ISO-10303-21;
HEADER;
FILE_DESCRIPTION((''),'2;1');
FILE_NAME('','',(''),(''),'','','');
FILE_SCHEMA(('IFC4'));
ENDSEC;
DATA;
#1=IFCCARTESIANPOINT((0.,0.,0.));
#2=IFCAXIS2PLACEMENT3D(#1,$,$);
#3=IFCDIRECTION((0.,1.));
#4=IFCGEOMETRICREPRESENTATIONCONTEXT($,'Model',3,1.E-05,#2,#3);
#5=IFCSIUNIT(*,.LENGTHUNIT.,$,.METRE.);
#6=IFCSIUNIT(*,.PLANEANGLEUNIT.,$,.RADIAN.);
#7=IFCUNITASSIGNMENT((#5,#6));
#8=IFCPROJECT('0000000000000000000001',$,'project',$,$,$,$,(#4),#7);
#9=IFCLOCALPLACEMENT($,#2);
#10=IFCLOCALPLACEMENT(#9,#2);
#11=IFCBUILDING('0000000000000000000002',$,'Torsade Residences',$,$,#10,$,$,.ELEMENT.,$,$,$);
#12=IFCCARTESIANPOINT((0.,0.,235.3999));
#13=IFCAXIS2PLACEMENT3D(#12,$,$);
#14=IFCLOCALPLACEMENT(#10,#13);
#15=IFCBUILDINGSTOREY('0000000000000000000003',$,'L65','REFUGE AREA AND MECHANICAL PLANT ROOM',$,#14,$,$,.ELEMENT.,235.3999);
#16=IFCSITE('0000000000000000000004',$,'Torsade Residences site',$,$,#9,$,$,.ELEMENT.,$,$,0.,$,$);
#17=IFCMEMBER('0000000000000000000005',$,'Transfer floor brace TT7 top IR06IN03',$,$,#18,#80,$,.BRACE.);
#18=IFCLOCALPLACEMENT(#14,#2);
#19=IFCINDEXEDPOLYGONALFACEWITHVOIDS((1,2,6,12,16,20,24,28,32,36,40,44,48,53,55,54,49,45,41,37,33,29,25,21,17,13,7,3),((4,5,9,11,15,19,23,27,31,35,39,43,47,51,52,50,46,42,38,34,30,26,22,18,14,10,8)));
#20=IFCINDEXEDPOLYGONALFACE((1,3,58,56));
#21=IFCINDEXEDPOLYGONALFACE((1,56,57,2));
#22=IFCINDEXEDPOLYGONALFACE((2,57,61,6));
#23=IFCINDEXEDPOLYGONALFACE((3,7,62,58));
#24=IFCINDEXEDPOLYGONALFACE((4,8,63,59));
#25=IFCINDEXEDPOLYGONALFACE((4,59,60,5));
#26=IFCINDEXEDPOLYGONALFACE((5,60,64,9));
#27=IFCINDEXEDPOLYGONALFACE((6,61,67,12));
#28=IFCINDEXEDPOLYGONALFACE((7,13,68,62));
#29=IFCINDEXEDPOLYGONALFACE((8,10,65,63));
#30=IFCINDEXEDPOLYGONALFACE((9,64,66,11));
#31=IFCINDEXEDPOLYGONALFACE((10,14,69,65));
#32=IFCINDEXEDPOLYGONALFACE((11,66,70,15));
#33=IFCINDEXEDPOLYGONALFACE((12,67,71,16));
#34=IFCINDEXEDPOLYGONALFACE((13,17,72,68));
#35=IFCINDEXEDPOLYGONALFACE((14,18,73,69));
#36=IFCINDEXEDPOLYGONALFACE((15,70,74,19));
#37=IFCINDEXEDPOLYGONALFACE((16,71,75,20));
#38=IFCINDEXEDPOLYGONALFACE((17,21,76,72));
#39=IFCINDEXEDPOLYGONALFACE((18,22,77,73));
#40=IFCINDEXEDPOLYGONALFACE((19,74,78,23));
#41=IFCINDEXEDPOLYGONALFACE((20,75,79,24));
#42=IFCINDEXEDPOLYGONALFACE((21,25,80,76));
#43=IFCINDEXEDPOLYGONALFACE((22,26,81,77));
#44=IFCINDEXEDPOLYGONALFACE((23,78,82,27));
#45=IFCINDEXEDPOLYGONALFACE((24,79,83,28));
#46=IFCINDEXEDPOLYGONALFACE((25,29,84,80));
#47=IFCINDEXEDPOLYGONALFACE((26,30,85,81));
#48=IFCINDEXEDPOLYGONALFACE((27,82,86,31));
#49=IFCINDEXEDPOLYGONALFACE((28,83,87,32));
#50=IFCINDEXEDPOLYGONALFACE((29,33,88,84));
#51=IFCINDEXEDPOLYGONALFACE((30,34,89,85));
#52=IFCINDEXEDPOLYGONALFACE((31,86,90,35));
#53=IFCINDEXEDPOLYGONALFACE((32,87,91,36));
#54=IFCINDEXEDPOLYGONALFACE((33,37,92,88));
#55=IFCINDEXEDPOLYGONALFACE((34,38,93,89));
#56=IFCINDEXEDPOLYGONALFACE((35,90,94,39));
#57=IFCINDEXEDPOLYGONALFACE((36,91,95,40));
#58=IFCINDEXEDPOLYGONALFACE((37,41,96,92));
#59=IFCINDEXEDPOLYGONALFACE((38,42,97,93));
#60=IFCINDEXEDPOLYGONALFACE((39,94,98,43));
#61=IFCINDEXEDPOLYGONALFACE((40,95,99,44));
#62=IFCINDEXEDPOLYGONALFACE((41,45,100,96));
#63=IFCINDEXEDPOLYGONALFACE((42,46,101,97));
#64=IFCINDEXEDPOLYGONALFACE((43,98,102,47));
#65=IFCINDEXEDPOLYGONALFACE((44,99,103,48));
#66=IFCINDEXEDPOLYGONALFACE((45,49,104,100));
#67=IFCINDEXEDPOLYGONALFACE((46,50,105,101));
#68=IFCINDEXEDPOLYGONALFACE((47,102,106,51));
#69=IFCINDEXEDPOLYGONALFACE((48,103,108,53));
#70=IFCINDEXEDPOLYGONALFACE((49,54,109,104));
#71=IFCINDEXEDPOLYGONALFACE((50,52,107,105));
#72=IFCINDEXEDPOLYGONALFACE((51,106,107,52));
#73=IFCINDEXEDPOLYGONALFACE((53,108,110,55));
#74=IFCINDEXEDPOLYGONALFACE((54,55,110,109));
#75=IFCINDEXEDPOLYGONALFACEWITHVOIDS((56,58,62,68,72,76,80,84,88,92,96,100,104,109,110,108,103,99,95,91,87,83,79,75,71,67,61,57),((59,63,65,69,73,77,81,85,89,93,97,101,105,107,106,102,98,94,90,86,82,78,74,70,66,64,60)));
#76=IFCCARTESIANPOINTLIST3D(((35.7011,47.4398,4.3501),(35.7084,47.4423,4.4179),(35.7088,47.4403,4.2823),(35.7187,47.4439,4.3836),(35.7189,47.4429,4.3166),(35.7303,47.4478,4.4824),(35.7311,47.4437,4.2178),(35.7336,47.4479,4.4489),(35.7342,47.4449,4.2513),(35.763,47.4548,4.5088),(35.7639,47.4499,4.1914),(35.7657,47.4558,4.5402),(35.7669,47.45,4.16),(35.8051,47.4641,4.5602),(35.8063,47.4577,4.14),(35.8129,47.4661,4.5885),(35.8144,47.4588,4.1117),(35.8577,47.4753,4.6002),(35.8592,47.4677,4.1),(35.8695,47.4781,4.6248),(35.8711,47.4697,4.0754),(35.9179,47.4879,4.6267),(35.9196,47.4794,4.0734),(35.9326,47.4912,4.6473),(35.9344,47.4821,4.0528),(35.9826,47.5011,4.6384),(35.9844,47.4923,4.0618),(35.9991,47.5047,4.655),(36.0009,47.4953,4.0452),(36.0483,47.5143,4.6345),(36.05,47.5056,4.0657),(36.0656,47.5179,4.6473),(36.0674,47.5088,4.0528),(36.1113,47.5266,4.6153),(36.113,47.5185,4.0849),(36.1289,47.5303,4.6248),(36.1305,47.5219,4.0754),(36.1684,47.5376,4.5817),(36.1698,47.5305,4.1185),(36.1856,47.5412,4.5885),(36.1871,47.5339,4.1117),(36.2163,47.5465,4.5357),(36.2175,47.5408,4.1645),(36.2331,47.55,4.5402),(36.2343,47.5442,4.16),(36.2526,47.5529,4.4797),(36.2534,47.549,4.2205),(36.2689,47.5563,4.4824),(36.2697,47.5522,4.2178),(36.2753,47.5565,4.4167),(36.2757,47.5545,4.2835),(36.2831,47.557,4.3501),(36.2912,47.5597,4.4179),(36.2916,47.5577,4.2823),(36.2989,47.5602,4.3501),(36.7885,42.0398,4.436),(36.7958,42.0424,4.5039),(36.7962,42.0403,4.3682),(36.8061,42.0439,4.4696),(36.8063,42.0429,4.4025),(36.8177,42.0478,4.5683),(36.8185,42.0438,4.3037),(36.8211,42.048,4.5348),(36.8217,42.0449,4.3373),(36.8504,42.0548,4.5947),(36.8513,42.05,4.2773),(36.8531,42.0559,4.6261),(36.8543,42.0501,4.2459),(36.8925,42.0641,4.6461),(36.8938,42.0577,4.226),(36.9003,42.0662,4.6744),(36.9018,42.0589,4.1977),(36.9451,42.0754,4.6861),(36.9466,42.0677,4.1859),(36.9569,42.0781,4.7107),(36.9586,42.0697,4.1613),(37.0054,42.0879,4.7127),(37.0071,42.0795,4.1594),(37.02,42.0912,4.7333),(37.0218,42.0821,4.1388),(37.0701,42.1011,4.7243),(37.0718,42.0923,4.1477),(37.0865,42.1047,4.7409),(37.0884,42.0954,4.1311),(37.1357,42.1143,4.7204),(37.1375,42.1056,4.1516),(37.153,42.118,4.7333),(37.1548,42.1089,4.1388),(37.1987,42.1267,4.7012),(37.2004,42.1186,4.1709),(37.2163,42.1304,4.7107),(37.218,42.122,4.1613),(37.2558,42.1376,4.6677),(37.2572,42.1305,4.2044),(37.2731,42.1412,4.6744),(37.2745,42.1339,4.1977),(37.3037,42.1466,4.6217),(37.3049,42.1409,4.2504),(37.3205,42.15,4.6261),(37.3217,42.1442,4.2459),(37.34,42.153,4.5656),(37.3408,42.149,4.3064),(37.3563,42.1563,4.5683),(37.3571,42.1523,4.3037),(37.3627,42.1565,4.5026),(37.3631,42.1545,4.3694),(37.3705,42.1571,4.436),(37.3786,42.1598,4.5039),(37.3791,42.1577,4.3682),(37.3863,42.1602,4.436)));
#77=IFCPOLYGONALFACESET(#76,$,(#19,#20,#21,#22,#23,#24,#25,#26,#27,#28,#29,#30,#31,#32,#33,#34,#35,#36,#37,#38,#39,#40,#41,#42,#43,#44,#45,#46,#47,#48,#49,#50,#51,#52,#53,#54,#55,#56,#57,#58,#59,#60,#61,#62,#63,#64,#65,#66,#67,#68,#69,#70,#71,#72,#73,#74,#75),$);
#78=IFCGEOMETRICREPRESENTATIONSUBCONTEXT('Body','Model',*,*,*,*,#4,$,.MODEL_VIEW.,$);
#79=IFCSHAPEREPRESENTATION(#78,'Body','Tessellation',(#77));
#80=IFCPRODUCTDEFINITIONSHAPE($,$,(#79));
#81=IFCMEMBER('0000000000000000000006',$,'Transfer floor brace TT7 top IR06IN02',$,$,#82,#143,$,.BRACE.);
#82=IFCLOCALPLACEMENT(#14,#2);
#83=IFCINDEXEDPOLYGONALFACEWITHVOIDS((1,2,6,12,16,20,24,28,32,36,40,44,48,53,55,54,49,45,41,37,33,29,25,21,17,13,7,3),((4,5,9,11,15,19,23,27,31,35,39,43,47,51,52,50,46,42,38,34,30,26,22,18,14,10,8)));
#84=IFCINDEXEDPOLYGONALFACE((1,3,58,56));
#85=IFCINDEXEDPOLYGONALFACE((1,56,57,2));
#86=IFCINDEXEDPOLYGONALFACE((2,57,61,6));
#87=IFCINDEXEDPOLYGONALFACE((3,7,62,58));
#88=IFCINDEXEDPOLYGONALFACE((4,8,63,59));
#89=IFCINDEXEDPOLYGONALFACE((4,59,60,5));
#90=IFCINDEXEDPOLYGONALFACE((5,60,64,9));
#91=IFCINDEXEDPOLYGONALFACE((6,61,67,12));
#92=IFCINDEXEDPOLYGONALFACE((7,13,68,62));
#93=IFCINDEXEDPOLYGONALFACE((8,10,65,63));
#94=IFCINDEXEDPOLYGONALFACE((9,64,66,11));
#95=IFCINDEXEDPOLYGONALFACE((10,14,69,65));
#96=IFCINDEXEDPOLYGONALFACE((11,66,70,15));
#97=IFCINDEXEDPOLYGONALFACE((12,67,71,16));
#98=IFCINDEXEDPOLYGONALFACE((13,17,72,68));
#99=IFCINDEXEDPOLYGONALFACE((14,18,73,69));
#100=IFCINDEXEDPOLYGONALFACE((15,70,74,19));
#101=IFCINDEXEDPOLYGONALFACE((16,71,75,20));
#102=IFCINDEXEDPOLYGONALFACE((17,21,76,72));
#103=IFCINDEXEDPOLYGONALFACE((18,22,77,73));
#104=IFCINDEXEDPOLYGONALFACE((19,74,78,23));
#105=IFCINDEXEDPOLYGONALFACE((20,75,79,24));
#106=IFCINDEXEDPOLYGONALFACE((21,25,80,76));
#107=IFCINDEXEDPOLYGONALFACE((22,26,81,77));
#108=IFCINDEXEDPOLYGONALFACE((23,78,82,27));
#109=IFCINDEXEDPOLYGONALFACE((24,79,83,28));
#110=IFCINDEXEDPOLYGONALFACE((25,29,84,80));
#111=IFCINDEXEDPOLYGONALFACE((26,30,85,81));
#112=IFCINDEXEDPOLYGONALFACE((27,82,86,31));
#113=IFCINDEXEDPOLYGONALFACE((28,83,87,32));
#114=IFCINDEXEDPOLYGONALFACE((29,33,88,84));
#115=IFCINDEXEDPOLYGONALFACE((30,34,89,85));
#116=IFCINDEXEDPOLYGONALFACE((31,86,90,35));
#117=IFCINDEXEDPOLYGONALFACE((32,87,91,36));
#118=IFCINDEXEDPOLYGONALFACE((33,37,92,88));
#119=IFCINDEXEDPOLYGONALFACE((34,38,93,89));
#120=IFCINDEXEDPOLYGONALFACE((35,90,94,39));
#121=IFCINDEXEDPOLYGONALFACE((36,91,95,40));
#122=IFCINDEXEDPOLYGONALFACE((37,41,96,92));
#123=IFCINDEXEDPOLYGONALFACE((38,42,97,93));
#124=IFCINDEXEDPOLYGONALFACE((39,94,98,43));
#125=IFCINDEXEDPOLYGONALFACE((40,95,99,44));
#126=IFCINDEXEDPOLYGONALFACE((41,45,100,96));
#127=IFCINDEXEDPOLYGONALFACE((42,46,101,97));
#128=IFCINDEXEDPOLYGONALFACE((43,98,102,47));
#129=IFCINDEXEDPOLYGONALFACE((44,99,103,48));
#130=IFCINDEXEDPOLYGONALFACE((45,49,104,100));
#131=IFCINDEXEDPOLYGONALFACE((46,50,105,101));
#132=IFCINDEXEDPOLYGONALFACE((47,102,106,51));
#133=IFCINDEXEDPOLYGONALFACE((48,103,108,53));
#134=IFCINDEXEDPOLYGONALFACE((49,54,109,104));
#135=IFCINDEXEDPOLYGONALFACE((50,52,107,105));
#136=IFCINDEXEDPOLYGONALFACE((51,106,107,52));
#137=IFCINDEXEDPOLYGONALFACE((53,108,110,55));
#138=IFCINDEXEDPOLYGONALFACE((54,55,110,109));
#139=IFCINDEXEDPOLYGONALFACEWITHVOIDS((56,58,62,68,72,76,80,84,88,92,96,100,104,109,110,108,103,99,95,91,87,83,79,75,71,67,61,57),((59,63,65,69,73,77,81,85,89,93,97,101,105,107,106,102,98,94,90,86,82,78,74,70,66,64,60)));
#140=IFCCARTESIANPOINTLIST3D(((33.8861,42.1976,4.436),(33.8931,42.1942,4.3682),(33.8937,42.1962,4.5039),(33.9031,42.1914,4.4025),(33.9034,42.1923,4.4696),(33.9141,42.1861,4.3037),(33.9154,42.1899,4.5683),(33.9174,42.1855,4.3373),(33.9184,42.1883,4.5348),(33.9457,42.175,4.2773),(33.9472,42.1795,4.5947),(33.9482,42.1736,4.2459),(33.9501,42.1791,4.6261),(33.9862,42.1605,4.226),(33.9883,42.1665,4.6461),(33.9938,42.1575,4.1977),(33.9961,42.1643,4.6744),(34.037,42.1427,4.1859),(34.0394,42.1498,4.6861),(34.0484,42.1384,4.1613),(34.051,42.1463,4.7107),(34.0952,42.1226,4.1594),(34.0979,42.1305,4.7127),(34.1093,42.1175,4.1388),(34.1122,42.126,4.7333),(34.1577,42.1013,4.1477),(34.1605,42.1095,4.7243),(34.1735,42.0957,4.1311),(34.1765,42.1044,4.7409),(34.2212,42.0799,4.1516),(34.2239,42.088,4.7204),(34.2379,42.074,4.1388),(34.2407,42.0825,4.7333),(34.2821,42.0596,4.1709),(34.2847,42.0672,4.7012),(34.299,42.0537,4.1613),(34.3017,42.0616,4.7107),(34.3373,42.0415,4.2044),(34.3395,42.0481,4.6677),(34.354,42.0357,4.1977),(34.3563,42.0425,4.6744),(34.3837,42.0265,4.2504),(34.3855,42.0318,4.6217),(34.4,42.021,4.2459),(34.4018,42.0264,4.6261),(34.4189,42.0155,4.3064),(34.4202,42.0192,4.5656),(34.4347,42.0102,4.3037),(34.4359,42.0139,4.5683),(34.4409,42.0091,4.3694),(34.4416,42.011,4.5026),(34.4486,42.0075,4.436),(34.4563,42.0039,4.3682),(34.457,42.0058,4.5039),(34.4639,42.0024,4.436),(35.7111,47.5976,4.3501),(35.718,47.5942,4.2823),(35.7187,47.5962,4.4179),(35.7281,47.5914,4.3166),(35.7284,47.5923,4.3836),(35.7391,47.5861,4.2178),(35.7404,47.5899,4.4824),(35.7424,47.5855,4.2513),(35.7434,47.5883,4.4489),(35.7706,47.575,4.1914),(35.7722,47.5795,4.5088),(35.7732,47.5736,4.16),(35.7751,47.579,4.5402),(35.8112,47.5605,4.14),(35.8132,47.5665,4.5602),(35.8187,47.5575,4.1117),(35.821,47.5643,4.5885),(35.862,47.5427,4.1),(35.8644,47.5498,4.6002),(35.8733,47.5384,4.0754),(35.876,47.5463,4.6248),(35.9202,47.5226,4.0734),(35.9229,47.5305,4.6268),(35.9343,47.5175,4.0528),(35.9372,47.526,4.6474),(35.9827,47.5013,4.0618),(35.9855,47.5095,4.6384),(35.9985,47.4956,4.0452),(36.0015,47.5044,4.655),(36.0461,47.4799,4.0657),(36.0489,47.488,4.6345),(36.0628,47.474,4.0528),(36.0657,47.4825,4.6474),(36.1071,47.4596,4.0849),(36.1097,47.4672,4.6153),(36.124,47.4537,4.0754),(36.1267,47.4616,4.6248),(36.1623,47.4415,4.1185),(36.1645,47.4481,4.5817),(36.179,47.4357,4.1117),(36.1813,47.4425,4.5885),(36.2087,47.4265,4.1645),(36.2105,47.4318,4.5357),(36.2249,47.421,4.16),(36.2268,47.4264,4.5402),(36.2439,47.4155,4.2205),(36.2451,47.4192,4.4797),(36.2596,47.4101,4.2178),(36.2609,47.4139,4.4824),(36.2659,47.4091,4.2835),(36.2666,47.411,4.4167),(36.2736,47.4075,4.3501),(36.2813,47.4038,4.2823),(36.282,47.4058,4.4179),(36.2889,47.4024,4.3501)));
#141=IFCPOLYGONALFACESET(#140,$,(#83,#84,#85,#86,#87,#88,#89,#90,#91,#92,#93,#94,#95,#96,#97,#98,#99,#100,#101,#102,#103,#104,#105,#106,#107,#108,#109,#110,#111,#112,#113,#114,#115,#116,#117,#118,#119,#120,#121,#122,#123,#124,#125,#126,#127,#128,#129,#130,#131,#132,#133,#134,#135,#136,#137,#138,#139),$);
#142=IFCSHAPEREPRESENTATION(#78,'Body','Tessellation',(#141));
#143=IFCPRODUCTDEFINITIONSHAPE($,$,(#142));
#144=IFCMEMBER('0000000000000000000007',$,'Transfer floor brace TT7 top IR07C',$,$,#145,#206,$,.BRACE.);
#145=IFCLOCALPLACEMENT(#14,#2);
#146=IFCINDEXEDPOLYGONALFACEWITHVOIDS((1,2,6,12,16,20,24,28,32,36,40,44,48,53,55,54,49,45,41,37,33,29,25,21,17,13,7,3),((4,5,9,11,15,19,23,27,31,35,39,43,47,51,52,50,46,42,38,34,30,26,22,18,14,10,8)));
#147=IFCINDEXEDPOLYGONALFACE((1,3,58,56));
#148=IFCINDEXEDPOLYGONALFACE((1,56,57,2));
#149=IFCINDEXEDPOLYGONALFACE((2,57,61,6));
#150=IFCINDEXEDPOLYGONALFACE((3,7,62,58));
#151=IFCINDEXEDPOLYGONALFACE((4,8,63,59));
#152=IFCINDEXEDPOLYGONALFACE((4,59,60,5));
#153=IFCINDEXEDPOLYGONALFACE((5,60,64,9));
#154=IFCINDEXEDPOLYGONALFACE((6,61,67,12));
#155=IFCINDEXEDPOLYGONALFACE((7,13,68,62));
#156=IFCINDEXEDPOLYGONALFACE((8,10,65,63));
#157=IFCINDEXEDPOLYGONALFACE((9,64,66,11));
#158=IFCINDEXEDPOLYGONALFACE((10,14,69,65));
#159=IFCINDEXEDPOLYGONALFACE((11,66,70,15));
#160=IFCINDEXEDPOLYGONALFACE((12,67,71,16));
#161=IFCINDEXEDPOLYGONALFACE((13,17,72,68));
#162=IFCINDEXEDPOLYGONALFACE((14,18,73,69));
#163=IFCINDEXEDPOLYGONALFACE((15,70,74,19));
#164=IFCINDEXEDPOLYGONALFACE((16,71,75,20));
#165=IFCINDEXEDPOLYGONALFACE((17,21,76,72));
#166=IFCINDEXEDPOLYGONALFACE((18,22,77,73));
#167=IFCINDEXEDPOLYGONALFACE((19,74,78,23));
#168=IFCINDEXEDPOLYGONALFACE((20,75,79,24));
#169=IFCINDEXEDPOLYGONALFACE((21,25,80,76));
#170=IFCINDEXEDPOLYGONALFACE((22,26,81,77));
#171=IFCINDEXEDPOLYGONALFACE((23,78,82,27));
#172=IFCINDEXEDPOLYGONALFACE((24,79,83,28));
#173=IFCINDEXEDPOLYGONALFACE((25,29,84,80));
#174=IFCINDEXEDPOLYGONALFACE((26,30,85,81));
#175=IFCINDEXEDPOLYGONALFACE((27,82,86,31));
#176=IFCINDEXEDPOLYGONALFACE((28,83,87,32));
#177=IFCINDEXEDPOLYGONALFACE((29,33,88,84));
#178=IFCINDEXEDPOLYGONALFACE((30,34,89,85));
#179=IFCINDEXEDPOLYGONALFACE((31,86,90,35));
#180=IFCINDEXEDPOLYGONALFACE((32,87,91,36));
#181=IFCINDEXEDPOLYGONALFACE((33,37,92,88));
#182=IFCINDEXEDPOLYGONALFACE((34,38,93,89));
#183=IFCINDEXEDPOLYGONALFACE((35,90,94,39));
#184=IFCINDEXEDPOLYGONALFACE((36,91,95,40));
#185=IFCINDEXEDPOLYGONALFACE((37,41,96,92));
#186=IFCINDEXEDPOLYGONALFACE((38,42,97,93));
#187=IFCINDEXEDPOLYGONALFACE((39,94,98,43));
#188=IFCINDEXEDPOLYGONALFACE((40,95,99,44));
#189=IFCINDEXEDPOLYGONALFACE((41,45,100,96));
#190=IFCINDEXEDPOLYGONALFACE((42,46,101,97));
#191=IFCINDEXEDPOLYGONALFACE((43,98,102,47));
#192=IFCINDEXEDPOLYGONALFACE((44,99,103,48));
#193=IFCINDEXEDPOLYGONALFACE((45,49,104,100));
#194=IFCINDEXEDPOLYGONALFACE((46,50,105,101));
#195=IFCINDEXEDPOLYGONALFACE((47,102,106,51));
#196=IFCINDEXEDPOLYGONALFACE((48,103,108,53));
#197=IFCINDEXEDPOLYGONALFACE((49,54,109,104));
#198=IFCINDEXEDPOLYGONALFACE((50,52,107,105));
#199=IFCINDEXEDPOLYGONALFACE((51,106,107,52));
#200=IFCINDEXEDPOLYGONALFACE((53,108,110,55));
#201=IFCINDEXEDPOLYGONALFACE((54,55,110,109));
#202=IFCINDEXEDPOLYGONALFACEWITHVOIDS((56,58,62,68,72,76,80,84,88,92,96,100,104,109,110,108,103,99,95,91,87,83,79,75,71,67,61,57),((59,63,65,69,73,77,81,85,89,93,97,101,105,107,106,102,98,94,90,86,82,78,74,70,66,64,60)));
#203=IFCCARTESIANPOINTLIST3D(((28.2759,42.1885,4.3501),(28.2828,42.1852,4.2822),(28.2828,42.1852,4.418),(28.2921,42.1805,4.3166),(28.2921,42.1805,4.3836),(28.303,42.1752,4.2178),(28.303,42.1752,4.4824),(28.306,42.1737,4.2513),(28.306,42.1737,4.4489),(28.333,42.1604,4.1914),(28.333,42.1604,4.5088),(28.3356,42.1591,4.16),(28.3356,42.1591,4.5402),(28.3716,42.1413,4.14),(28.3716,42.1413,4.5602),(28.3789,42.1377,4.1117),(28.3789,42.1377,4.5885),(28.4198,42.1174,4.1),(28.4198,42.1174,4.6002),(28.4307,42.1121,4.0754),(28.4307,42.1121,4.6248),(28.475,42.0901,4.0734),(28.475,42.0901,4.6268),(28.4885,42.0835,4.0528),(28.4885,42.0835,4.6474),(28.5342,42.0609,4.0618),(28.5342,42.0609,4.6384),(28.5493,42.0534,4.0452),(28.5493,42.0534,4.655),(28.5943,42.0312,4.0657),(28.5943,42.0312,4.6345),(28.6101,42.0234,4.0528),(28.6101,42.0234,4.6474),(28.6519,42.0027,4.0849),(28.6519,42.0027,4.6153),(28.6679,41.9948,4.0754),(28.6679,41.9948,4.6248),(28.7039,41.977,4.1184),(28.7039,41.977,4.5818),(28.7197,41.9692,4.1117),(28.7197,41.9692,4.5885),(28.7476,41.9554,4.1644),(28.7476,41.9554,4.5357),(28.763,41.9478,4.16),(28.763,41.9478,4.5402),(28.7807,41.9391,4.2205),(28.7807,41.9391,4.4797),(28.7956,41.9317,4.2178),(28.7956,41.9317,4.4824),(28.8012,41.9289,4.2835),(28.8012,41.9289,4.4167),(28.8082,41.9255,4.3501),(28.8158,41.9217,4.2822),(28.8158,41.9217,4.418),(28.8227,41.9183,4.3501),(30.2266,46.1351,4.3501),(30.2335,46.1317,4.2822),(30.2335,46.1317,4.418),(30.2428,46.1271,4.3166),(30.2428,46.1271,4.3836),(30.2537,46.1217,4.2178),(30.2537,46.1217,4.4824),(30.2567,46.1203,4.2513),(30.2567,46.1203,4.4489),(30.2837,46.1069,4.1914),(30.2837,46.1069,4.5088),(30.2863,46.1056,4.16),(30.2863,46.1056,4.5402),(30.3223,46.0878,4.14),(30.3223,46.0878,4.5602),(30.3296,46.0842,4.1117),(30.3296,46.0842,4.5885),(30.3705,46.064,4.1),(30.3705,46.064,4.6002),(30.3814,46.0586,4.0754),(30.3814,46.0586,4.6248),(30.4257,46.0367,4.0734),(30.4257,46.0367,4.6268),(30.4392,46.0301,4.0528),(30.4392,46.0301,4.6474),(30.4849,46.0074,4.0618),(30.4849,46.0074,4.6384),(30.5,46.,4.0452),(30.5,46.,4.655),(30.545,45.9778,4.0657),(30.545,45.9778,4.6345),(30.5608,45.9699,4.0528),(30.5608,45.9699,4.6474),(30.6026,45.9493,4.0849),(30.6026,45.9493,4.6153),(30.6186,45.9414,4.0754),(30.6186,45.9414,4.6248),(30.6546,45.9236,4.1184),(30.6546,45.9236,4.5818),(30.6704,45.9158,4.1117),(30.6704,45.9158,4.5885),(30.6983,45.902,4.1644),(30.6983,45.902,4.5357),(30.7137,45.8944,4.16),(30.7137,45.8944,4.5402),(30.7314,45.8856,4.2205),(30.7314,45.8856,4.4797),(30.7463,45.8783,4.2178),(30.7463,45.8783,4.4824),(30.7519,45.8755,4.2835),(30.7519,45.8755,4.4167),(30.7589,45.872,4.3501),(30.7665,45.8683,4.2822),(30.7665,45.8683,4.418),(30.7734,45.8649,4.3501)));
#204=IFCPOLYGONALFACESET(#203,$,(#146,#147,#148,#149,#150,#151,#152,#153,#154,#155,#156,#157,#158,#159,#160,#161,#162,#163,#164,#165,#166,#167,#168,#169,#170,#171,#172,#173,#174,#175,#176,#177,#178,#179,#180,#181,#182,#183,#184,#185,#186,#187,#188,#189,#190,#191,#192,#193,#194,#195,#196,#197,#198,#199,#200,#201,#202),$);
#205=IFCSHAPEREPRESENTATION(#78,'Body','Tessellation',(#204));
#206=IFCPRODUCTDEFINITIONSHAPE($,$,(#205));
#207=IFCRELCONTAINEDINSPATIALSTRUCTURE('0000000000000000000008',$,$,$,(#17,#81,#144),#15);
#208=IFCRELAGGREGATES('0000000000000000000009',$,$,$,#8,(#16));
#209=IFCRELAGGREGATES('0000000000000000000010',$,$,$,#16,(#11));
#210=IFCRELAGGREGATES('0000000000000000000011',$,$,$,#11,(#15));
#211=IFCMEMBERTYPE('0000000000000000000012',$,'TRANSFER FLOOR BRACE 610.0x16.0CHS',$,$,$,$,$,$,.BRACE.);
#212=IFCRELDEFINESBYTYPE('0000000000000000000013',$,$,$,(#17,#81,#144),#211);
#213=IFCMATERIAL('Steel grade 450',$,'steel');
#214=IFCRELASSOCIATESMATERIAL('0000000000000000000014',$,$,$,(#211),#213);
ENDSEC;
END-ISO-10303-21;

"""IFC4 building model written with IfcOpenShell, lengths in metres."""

from ifc_helpers import new_model, si_unit, direction, frame, origin, origin_2d, place, context, subcontext, project, spatial, hollow_circle, extrude, material, material_profile, profile_set, type_object, element, save


model = new_model("IFC4")

# Units and contexts
model_context = context("Model", 3, precision=1e-05, world=origin(), true_north=direction((0.0, 1.0)))
body_context = subcontext(model_context, "Body", "Model", "MODEL_VIEW")
ifc_project = project(units=[si_unit("LENGTHUNIT", "METRE"), si_unit("PLANEANGLEUNIT", "RADIAN")], contexts=[model_context])

# Site, building, storey
site_placement = place(None, origin())
site = spatial("IfcSite", under=ifc_project, at=site_placement, Name="Torsade Residences site", CompositionType="ELEMENT", RefElevation=0.0)
building_placement = place(site_placement, origin())
building = spatial("IfcBuilding", under=site, at=building_placement, Name="Torsade Residences", CompositionType="ELEMENT")
storey_placement = place(building_placement, frame((0.0, 0.0, 235.3999)))
storey = spatial("IfcBuildingStorey", under=building, at=storey_placement, Name="L65", Description="REFUGE AREA AND MECHANICAL PLANT ROOM", CompositionType="ELEMENT", Elevation=235.3999)

# Members
ifc_material_1 = material(Name="Steel grade 450", Category="steel")
ifc_material_profile_1 = material_profile(ifc_material_1, hollow_circle(Radius=0.3049, WallThickness=0.0161, at=origin_2d()), Name="610.0x16.0CHS")
ifc_profile_set_1 = profile_set([ifc_material_profile_1], Name="Steel grade 450")
member_type_1 = type_object("IfcMemberType", Name="TRANSFER FLOOR BRACE 610.0x16.0CHS", PredefinedType="BRACE", material=ifc_profile_set_1)
member_1_placement = place(storey_placement, frame((36.0, 47.5, 4.3501), z_axis=(0.197388, -0.980201, 0.0156), x_axis=(0.980321, 0.197412, 0.0)))
element("IfcMember", 1, at=member_1_placement, inside=storey, type_object=member_type_1, Name="Transfer floor brace TT7 top IR06IN03", PredefinedType="BRACE", context=body_context, shape_type="SweptSolid", body=[
    extrude(hollow_circle(Radius=0.3049, WallThickness=0.0161, at=origin_2d()), origin(), (0.0, 0.0, 1.0), 5.509),
])
member_2_placement = place(storey_placement, frame((36.0, 47.5, 4.3501), z_axis=(-0.320133, -0.947252, 0.015075), x_axis=(0.94736, -0.32017, 0.0)))
element("IfcMember", 2, at=member_2_placement, inside=storey, type_object=member_type_1, Name="Transfer floor brace TT7 top IR06IN02", PredefinedType="BRACE", context=body_context, shape_type="SweptSolid", body=[
    extrude(hollow_circle(Radius=0.3049, WallThickness=0.0161, at=origin_2d()), origin(), (0.0, 0.0, 1.0), 5.7007),
])
member_3_placement = place(storey_placement, frame((30.5, 46.0, 4.3501), z_axis=(-0.443105, -0.89647, 0.0), x_axis=(0.89647, -0.443105, 0.0)))
element("IfcMember", 3, at=member_3_placement, inside=storey, type_object=member_type_1, Name="Transfer floor brace TT7 top IR07C", PredefinedType="BRACE", context=body_context, shape_type="SweptSolid", body=[
    extrude(hollow_circle(Radius=0.3049, WallThickness=0.0161, at=origin_2d()), origin(), (0.0, 0.0, 1.0), 4.4023),
])

save(model, "model.ifc")
